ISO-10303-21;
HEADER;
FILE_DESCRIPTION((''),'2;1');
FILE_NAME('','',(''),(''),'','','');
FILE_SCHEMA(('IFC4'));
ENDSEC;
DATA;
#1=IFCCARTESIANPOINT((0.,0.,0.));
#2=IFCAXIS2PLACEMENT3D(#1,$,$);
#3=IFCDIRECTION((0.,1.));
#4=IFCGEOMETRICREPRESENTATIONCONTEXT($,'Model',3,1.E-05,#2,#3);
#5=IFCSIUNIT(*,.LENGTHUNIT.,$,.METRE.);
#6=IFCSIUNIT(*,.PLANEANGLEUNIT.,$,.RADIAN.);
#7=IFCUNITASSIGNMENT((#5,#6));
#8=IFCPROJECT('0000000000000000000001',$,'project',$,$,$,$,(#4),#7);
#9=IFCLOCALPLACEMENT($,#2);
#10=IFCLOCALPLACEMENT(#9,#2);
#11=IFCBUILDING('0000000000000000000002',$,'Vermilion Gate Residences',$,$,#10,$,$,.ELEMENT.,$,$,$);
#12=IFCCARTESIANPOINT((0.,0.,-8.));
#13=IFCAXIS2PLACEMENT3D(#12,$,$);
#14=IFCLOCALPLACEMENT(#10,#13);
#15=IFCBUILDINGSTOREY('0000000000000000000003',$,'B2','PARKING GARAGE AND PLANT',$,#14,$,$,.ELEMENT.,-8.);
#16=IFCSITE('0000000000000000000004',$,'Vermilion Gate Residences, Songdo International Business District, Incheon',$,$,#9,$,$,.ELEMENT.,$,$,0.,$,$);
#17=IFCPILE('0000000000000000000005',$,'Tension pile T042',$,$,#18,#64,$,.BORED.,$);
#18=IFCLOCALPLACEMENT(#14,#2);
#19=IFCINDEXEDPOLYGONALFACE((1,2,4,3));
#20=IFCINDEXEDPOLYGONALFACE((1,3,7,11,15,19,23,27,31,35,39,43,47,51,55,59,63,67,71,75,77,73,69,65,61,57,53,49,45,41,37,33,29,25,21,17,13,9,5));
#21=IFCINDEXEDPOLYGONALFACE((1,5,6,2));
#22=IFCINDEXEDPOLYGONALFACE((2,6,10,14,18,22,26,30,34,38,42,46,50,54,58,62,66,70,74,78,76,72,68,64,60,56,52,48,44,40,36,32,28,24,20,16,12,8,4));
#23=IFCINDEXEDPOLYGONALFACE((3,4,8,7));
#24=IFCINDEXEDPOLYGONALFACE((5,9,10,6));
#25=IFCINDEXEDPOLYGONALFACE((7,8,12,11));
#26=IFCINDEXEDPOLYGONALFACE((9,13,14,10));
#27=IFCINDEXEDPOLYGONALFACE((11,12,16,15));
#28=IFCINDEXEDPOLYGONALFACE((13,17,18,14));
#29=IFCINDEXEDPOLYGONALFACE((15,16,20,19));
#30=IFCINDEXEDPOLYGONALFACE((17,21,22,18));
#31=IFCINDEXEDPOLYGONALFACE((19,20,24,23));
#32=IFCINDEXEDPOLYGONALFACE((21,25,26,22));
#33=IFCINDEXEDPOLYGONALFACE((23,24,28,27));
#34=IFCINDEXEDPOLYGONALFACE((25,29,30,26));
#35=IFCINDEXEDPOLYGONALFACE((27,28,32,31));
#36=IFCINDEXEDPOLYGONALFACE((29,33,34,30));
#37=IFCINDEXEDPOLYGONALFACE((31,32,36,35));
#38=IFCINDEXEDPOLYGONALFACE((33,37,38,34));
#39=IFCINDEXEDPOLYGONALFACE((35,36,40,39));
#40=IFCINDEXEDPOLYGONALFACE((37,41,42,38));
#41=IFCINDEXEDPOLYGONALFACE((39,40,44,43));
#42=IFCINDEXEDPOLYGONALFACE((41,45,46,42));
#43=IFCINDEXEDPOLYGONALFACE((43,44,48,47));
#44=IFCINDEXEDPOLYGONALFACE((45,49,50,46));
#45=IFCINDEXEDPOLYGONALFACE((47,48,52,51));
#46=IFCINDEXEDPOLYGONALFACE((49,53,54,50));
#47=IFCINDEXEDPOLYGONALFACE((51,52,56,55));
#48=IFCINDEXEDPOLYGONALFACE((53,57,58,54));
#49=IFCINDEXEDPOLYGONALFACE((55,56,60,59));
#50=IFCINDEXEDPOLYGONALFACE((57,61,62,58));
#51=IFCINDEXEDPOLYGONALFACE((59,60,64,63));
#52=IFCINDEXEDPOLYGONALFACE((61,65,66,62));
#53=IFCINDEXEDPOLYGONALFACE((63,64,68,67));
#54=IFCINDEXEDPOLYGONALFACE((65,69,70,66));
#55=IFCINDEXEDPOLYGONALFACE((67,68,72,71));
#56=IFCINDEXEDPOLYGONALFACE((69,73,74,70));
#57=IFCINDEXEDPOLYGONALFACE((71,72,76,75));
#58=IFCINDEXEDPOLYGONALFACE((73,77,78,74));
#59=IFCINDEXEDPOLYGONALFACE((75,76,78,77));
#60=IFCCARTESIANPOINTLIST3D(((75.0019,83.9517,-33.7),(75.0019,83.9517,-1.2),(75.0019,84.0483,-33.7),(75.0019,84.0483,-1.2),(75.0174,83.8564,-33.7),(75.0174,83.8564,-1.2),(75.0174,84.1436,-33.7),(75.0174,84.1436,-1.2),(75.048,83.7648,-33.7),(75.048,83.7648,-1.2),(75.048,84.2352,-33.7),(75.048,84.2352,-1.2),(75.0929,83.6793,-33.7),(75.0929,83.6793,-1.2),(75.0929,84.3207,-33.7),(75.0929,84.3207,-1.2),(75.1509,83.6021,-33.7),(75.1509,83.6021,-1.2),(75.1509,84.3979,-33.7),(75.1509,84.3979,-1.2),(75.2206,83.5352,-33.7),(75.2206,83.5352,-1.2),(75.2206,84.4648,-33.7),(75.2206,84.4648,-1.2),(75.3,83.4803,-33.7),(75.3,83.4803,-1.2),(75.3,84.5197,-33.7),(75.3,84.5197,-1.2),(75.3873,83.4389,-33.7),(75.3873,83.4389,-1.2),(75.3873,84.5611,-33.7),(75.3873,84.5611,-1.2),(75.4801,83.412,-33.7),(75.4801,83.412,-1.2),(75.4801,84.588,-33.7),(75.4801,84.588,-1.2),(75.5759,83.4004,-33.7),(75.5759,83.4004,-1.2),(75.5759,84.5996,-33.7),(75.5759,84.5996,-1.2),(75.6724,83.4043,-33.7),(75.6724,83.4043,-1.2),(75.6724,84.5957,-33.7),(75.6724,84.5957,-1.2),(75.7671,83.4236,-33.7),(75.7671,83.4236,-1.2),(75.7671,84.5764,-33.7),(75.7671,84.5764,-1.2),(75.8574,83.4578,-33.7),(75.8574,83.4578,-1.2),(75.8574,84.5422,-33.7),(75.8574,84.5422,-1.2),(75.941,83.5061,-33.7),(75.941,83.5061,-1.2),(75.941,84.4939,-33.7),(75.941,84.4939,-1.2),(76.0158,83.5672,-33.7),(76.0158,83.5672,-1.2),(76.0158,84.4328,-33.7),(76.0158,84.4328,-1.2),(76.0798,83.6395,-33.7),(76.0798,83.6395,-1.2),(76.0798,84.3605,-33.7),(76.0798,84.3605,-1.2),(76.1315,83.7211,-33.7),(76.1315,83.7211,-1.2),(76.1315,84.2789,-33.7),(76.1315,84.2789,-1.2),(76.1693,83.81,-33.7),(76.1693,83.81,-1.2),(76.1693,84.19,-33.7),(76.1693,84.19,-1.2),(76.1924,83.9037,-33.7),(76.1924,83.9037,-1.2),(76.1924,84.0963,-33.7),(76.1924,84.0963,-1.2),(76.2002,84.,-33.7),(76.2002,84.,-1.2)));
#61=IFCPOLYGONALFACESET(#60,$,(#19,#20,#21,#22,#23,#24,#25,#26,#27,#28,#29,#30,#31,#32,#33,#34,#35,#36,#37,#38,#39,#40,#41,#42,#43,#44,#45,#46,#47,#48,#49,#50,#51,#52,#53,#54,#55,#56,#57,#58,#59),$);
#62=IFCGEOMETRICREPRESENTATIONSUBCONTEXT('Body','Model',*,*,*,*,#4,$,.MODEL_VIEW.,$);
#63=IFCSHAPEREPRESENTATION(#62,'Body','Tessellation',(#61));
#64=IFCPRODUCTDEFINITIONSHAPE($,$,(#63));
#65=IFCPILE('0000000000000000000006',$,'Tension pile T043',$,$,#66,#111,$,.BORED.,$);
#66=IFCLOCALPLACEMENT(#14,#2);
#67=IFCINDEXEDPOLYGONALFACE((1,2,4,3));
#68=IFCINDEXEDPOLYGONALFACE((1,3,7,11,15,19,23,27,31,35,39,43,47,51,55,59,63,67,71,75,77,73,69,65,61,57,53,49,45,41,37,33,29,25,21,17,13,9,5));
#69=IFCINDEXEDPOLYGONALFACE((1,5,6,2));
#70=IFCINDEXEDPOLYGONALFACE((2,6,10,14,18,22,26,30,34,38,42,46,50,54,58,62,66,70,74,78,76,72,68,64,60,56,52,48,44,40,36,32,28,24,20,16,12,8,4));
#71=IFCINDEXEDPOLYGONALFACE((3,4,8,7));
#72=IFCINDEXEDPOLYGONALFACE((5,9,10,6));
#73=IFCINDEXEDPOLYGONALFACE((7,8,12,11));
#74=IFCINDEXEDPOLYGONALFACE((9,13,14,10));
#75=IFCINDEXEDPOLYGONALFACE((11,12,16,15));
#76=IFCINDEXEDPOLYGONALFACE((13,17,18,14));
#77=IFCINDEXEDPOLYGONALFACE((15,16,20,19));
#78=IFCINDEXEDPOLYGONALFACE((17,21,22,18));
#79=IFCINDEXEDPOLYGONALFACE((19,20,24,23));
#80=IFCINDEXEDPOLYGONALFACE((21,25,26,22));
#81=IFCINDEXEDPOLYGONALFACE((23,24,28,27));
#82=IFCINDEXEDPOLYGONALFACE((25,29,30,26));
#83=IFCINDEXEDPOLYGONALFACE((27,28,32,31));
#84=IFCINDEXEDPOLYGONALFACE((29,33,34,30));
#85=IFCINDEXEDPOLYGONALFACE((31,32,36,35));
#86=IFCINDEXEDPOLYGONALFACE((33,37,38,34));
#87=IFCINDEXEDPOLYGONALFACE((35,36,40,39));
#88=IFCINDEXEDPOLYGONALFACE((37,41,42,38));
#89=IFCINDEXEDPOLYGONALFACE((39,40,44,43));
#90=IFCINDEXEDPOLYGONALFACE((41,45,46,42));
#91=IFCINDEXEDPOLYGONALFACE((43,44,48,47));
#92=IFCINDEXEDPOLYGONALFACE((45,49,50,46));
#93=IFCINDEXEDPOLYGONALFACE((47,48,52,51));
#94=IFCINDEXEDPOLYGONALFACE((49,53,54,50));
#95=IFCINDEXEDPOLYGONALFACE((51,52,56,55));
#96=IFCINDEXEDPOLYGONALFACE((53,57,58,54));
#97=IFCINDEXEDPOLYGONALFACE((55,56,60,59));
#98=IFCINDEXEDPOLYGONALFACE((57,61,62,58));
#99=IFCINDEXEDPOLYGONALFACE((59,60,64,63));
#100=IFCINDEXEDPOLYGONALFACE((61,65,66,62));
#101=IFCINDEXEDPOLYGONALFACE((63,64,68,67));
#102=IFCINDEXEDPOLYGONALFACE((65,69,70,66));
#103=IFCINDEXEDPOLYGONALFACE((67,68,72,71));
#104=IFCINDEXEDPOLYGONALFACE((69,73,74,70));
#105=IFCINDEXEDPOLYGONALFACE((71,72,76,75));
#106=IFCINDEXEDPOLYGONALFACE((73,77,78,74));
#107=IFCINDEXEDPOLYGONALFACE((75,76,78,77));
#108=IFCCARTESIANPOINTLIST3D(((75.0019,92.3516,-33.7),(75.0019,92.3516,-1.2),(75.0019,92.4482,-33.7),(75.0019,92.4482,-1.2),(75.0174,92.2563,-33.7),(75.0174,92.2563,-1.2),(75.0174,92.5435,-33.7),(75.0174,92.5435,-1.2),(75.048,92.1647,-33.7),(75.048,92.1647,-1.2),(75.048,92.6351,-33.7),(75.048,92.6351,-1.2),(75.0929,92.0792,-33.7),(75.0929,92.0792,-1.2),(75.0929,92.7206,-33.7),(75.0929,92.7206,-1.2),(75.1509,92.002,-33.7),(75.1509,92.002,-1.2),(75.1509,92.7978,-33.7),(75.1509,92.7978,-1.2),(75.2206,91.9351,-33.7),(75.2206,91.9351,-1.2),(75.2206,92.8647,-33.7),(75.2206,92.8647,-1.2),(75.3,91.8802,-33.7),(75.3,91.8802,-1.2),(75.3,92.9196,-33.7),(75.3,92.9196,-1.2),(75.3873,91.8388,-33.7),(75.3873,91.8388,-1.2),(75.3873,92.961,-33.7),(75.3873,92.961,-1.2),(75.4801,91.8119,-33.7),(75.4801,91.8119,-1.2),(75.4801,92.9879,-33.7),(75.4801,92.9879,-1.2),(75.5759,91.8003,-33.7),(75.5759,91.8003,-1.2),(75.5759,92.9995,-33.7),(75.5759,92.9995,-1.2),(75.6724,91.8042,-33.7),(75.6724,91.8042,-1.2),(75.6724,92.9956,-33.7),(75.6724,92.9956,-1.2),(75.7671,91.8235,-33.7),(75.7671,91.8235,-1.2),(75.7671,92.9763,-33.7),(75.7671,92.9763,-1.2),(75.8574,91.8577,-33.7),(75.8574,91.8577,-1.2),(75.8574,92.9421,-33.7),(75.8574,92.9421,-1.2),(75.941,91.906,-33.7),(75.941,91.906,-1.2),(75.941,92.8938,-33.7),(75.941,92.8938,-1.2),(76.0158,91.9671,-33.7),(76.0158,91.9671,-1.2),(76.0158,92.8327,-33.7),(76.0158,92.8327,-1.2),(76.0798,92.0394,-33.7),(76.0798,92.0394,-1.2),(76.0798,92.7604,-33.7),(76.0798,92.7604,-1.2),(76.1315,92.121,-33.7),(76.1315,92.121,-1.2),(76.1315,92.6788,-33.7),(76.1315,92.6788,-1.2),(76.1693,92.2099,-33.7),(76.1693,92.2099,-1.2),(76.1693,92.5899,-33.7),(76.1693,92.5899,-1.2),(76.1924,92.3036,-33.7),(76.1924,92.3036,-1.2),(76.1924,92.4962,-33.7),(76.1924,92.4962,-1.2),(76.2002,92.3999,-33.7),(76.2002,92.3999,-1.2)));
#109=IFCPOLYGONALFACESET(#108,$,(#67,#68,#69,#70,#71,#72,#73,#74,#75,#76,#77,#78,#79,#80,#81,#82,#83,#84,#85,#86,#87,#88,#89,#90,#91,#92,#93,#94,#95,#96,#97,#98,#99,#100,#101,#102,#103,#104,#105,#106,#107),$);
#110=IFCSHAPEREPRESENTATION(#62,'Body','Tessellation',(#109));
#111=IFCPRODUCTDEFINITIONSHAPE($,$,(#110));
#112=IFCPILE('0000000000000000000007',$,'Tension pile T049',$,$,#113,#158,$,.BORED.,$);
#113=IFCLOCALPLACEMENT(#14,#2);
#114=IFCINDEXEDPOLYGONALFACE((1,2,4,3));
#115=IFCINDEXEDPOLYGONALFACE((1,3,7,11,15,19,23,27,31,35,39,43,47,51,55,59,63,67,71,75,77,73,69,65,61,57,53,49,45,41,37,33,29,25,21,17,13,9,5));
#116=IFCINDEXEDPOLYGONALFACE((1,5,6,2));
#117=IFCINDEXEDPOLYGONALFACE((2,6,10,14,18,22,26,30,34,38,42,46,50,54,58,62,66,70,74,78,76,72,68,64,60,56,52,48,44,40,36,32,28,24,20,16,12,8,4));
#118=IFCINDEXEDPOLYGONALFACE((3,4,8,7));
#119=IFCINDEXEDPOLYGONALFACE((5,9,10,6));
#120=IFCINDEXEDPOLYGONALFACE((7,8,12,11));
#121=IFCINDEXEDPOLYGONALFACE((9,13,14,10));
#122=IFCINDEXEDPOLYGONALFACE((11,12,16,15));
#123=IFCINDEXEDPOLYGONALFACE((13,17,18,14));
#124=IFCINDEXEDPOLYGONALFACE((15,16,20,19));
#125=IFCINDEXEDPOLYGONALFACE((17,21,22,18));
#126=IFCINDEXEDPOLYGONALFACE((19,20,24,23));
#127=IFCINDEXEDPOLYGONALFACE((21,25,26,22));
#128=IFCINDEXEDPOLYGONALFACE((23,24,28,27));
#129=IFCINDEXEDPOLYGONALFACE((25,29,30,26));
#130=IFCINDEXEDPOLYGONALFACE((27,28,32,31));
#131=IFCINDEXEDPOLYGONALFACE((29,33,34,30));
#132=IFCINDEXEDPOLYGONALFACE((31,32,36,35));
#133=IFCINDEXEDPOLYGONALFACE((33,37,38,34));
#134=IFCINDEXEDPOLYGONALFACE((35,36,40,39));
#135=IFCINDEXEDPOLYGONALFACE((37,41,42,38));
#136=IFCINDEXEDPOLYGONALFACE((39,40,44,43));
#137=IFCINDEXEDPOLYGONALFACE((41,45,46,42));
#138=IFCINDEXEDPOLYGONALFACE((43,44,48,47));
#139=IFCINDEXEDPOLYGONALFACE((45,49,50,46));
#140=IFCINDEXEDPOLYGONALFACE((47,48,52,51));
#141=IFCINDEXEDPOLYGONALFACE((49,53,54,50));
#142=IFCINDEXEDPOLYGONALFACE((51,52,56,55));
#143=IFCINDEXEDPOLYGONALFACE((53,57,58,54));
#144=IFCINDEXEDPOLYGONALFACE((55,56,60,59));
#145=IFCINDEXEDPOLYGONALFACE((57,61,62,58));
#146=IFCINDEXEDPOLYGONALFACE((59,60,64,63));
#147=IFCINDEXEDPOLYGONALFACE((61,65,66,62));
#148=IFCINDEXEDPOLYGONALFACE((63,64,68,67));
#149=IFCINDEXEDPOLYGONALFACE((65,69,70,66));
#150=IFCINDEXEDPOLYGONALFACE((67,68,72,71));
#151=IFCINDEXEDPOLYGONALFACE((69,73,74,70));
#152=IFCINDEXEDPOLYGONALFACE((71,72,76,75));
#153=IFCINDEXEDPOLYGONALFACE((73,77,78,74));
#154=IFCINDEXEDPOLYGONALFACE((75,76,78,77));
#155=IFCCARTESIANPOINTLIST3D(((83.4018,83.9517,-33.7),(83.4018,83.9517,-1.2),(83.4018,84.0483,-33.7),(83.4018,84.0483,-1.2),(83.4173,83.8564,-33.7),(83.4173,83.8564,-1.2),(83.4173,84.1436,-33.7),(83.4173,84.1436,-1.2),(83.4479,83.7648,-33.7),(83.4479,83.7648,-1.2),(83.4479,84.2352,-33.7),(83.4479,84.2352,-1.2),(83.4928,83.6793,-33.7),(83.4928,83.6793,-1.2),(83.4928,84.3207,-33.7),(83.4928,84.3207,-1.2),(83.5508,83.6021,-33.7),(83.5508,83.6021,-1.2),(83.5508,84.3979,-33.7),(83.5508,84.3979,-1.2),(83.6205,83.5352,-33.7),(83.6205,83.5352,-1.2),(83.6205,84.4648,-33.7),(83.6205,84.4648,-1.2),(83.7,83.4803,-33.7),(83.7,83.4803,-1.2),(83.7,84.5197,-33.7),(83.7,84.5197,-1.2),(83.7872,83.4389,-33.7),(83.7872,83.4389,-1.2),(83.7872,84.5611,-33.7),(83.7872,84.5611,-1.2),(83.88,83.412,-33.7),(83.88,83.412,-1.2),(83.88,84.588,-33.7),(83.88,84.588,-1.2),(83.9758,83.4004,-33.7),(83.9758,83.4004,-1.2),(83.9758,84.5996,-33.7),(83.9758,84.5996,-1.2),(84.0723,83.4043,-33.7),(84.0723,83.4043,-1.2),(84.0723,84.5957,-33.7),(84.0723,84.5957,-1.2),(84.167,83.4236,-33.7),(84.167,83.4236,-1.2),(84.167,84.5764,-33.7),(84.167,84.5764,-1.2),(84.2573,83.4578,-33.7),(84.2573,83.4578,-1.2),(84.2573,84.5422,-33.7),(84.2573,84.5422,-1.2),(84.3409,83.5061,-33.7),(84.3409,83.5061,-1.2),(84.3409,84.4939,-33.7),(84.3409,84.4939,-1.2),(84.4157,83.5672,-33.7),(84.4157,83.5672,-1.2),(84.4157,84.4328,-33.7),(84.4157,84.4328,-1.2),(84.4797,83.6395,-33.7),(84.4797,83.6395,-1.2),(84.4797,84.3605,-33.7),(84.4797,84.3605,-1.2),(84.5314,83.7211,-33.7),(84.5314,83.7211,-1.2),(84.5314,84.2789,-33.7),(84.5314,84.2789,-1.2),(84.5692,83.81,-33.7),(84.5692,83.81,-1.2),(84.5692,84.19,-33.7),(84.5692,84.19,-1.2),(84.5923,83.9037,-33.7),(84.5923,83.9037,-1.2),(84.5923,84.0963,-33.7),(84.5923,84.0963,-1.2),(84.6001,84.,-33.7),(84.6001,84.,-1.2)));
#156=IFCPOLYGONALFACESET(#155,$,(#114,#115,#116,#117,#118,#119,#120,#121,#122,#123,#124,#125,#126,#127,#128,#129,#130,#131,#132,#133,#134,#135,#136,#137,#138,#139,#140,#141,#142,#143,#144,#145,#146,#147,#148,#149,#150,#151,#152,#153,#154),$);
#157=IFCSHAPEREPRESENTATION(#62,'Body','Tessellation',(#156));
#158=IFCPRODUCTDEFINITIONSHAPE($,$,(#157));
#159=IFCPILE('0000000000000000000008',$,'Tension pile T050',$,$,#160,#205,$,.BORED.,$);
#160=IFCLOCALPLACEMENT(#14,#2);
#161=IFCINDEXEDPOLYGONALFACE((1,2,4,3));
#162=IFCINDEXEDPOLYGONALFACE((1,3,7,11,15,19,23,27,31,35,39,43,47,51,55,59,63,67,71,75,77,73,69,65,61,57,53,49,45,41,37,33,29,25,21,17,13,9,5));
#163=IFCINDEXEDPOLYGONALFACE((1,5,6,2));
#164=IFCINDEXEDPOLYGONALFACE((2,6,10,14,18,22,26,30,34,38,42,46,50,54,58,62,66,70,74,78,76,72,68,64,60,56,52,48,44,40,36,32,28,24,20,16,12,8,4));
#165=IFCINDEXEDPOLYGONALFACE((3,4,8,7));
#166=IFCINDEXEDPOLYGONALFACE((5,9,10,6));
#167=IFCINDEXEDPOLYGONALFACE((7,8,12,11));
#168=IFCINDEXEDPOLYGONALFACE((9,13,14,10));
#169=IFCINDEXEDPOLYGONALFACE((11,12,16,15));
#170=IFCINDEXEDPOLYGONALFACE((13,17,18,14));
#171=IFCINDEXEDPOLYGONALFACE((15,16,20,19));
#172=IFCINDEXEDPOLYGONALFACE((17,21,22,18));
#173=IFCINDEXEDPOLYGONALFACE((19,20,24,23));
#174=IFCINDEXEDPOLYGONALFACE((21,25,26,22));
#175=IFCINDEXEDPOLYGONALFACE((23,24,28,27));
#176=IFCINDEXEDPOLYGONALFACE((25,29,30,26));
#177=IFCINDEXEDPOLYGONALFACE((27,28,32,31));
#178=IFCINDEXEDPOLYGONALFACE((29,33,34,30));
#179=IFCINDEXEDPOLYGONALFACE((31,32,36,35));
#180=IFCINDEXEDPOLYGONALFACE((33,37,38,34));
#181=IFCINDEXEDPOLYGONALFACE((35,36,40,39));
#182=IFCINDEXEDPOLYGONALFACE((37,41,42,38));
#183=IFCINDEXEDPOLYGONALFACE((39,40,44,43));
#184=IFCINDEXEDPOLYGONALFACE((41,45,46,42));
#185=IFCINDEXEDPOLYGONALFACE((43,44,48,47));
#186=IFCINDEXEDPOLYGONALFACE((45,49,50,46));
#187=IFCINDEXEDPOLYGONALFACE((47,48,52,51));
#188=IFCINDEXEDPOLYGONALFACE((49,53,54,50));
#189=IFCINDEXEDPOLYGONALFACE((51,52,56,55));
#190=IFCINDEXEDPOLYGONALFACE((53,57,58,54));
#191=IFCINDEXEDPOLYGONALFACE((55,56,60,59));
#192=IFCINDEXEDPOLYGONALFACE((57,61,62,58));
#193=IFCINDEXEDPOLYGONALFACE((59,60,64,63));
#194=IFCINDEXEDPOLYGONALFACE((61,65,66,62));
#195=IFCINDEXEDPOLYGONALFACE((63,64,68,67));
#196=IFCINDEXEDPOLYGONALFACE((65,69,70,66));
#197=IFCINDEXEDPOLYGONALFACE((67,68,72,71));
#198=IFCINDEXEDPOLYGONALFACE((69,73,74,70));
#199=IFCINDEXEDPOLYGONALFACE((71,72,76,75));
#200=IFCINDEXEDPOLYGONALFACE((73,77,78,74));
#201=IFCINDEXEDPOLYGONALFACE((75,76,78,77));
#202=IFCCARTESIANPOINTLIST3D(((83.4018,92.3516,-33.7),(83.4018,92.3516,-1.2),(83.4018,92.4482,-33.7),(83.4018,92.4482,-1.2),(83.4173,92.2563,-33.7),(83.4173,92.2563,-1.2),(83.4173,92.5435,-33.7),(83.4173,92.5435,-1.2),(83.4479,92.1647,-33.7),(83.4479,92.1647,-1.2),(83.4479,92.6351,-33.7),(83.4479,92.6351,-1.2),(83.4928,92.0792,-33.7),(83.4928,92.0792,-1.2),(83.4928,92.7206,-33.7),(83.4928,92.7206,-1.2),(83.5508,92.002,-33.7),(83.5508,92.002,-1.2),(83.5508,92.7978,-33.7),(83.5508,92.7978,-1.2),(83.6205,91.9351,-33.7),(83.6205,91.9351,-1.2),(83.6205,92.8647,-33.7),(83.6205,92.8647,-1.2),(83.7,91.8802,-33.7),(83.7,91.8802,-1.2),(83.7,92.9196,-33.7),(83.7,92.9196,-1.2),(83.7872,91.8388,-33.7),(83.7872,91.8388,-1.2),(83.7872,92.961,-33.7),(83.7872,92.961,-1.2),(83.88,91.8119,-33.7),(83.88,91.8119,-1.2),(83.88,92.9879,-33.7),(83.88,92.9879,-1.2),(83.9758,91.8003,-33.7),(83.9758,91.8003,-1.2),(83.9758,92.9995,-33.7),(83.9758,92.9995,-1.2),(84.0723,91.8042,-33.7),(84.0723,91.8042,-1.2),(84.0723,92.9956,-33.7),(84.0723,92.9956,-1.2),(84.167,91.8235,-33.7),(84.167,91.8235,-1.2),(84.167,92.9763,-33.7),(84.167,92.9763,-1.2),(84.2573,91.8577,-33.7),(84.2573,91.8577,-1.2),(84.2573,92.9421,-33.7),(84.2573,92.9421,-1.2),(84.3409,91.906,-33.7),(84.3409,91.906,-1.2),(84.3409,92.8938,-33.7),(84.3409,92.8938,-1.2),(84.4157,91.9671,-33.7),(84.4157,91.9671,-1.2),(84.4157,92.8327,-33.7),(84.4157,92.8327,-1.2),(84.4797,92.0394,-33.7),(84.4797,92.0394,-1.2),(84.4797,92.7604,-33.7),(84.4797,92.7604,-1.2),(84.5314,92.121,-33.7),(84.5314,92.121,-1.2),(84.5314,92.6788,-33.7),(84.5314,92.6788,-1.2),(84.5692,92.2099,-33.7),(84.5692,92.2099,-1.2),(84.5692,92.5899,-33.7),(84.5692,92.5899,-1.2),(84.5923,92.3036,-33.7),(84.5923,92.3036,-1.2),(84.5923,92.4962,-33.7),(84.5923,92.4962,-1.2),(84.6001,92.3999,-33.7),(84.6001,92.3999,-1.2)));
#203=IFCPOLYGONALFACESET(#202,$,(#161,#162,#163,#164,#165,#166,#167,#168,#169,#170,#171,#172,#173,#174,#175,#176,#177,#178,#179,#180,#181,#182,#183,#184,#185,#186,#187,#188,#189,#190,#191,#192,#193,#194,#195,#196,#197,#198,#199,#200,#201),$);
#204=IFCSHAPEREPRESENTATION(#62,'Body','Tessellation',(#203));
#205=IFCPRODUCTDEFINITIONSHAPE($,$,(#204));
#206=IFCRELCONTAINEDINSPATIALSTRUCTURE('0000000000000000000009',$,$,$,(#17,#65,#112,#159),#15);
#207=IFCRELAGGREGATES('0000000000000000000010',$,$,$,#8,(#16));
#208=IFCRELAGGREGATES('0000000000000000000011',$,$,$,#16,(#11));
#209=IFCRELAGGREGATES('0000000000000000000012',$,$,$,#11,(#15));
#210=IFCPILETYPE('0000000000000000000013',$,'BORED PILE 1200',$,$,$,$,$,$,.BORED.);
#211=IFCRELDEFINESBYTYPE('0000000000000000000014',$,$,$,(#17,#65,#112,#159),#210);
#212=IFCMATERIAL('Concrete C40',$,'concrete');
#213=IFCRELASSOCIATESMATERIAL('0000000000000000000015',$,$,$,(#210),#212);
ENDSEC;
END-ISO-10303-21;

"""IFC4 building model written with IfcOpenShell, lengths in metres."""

from ifc_helpers import new_model, si_unit, direction, frame, origin, origin_2d, place, context, subcontext, project, spatial, circle, extrude, material, material_profile, profile_set, type_object, element, save


model = new_model("IFC4")

# Units and contexts
model_context = context("Model", 3, precision=1e-05, world=origin(), true_north=direction((0.0, 1.0)))
body_context = subcontext(model_context, "Body", "Model", "MODEL_VIEW")
ifc_project = project(units=[si_unit("LENGTHUNIT", "METRE"), si_unit("PLANEANGLEUNIT", "RADIAN")], contexts=[model_context])

# Site, building, storey
site_placement = place(None, origin())
site = spatial("IfcSite", under=ifc_project, at=site_placement, Name="Vermilion Gate Residences, Songdo International Business District, Incheon", CompositionType="ELEMENT", RefElevation=0.0)
building_placement = place(site_placement, origin())
building = spatial("IfcBuilding", under=site, at=building_placement, Name="Vermilion Gate Residences", CompositionType="ELEMENT")
storey_placement = place(building_placement, frame((0.0, 0.0, -8.0)))
storey = spatial("IfcBuildingStorey", under=building, at=storey_placement, Name="B2", Description="PARKING GARAGE AND PLANT", CompositionType="ELEMENT", Elevation=-8.0)

# Piles
ifc_material_1 = material(Name="Concrete C40", Category="concrete")
ifc_material_profile_1 = material_profile(ifc_material_1, circle(Radius=0.6001, at=origin_2d()), Name="BORED PILE 1200")
ifc_profile_set_1 = profile_set([ifc_material_profile_1], Name="Concrete C40")
pile_type = type_object("IfcPileType", Name="BORED PILE 1200", PredefinedType="BORED", material=ifc_profile_set_1)
for number, where, z_axis, x_axis, name in (
    (1, (75.6001, 84.0, -1.2), (0.0, 0.0, -1.0), (1.0, 0.0, 0.0), "Tension pile T042"),
    (2, (75.6001, 92.3999, -1.2), (0.0, 0.0, -1.0), (1.0, 0.0, 0.0), "Tension pile T043"),
    (3, (84.0, 84.0, -1.2), (0.0, 0.0, -1.0), (1.0, 0.0, 0.0), "Tension pile T049"),
    (4, (84.0, 92.3999, -1.2), (0.0, 0.0, -1.0), (1.0, 0.0, 0.0), "Tension pile T050"),
):
    element("IfcPile", number, at=place(storey_placement, frame(where, z_axis=z_axis, x_axis=x_axis)), inside=storey, type_object=pile_type, Name=name, PredefinedType="BORED", context=body_context, shape_type="SweptSolid", body=[
        extrude(circle(Radius=0.6001, at=origin_2d()), origin(), (0.0, 0.0, 1.0), 32.5),
    ])

save(model, "model.ifc")
